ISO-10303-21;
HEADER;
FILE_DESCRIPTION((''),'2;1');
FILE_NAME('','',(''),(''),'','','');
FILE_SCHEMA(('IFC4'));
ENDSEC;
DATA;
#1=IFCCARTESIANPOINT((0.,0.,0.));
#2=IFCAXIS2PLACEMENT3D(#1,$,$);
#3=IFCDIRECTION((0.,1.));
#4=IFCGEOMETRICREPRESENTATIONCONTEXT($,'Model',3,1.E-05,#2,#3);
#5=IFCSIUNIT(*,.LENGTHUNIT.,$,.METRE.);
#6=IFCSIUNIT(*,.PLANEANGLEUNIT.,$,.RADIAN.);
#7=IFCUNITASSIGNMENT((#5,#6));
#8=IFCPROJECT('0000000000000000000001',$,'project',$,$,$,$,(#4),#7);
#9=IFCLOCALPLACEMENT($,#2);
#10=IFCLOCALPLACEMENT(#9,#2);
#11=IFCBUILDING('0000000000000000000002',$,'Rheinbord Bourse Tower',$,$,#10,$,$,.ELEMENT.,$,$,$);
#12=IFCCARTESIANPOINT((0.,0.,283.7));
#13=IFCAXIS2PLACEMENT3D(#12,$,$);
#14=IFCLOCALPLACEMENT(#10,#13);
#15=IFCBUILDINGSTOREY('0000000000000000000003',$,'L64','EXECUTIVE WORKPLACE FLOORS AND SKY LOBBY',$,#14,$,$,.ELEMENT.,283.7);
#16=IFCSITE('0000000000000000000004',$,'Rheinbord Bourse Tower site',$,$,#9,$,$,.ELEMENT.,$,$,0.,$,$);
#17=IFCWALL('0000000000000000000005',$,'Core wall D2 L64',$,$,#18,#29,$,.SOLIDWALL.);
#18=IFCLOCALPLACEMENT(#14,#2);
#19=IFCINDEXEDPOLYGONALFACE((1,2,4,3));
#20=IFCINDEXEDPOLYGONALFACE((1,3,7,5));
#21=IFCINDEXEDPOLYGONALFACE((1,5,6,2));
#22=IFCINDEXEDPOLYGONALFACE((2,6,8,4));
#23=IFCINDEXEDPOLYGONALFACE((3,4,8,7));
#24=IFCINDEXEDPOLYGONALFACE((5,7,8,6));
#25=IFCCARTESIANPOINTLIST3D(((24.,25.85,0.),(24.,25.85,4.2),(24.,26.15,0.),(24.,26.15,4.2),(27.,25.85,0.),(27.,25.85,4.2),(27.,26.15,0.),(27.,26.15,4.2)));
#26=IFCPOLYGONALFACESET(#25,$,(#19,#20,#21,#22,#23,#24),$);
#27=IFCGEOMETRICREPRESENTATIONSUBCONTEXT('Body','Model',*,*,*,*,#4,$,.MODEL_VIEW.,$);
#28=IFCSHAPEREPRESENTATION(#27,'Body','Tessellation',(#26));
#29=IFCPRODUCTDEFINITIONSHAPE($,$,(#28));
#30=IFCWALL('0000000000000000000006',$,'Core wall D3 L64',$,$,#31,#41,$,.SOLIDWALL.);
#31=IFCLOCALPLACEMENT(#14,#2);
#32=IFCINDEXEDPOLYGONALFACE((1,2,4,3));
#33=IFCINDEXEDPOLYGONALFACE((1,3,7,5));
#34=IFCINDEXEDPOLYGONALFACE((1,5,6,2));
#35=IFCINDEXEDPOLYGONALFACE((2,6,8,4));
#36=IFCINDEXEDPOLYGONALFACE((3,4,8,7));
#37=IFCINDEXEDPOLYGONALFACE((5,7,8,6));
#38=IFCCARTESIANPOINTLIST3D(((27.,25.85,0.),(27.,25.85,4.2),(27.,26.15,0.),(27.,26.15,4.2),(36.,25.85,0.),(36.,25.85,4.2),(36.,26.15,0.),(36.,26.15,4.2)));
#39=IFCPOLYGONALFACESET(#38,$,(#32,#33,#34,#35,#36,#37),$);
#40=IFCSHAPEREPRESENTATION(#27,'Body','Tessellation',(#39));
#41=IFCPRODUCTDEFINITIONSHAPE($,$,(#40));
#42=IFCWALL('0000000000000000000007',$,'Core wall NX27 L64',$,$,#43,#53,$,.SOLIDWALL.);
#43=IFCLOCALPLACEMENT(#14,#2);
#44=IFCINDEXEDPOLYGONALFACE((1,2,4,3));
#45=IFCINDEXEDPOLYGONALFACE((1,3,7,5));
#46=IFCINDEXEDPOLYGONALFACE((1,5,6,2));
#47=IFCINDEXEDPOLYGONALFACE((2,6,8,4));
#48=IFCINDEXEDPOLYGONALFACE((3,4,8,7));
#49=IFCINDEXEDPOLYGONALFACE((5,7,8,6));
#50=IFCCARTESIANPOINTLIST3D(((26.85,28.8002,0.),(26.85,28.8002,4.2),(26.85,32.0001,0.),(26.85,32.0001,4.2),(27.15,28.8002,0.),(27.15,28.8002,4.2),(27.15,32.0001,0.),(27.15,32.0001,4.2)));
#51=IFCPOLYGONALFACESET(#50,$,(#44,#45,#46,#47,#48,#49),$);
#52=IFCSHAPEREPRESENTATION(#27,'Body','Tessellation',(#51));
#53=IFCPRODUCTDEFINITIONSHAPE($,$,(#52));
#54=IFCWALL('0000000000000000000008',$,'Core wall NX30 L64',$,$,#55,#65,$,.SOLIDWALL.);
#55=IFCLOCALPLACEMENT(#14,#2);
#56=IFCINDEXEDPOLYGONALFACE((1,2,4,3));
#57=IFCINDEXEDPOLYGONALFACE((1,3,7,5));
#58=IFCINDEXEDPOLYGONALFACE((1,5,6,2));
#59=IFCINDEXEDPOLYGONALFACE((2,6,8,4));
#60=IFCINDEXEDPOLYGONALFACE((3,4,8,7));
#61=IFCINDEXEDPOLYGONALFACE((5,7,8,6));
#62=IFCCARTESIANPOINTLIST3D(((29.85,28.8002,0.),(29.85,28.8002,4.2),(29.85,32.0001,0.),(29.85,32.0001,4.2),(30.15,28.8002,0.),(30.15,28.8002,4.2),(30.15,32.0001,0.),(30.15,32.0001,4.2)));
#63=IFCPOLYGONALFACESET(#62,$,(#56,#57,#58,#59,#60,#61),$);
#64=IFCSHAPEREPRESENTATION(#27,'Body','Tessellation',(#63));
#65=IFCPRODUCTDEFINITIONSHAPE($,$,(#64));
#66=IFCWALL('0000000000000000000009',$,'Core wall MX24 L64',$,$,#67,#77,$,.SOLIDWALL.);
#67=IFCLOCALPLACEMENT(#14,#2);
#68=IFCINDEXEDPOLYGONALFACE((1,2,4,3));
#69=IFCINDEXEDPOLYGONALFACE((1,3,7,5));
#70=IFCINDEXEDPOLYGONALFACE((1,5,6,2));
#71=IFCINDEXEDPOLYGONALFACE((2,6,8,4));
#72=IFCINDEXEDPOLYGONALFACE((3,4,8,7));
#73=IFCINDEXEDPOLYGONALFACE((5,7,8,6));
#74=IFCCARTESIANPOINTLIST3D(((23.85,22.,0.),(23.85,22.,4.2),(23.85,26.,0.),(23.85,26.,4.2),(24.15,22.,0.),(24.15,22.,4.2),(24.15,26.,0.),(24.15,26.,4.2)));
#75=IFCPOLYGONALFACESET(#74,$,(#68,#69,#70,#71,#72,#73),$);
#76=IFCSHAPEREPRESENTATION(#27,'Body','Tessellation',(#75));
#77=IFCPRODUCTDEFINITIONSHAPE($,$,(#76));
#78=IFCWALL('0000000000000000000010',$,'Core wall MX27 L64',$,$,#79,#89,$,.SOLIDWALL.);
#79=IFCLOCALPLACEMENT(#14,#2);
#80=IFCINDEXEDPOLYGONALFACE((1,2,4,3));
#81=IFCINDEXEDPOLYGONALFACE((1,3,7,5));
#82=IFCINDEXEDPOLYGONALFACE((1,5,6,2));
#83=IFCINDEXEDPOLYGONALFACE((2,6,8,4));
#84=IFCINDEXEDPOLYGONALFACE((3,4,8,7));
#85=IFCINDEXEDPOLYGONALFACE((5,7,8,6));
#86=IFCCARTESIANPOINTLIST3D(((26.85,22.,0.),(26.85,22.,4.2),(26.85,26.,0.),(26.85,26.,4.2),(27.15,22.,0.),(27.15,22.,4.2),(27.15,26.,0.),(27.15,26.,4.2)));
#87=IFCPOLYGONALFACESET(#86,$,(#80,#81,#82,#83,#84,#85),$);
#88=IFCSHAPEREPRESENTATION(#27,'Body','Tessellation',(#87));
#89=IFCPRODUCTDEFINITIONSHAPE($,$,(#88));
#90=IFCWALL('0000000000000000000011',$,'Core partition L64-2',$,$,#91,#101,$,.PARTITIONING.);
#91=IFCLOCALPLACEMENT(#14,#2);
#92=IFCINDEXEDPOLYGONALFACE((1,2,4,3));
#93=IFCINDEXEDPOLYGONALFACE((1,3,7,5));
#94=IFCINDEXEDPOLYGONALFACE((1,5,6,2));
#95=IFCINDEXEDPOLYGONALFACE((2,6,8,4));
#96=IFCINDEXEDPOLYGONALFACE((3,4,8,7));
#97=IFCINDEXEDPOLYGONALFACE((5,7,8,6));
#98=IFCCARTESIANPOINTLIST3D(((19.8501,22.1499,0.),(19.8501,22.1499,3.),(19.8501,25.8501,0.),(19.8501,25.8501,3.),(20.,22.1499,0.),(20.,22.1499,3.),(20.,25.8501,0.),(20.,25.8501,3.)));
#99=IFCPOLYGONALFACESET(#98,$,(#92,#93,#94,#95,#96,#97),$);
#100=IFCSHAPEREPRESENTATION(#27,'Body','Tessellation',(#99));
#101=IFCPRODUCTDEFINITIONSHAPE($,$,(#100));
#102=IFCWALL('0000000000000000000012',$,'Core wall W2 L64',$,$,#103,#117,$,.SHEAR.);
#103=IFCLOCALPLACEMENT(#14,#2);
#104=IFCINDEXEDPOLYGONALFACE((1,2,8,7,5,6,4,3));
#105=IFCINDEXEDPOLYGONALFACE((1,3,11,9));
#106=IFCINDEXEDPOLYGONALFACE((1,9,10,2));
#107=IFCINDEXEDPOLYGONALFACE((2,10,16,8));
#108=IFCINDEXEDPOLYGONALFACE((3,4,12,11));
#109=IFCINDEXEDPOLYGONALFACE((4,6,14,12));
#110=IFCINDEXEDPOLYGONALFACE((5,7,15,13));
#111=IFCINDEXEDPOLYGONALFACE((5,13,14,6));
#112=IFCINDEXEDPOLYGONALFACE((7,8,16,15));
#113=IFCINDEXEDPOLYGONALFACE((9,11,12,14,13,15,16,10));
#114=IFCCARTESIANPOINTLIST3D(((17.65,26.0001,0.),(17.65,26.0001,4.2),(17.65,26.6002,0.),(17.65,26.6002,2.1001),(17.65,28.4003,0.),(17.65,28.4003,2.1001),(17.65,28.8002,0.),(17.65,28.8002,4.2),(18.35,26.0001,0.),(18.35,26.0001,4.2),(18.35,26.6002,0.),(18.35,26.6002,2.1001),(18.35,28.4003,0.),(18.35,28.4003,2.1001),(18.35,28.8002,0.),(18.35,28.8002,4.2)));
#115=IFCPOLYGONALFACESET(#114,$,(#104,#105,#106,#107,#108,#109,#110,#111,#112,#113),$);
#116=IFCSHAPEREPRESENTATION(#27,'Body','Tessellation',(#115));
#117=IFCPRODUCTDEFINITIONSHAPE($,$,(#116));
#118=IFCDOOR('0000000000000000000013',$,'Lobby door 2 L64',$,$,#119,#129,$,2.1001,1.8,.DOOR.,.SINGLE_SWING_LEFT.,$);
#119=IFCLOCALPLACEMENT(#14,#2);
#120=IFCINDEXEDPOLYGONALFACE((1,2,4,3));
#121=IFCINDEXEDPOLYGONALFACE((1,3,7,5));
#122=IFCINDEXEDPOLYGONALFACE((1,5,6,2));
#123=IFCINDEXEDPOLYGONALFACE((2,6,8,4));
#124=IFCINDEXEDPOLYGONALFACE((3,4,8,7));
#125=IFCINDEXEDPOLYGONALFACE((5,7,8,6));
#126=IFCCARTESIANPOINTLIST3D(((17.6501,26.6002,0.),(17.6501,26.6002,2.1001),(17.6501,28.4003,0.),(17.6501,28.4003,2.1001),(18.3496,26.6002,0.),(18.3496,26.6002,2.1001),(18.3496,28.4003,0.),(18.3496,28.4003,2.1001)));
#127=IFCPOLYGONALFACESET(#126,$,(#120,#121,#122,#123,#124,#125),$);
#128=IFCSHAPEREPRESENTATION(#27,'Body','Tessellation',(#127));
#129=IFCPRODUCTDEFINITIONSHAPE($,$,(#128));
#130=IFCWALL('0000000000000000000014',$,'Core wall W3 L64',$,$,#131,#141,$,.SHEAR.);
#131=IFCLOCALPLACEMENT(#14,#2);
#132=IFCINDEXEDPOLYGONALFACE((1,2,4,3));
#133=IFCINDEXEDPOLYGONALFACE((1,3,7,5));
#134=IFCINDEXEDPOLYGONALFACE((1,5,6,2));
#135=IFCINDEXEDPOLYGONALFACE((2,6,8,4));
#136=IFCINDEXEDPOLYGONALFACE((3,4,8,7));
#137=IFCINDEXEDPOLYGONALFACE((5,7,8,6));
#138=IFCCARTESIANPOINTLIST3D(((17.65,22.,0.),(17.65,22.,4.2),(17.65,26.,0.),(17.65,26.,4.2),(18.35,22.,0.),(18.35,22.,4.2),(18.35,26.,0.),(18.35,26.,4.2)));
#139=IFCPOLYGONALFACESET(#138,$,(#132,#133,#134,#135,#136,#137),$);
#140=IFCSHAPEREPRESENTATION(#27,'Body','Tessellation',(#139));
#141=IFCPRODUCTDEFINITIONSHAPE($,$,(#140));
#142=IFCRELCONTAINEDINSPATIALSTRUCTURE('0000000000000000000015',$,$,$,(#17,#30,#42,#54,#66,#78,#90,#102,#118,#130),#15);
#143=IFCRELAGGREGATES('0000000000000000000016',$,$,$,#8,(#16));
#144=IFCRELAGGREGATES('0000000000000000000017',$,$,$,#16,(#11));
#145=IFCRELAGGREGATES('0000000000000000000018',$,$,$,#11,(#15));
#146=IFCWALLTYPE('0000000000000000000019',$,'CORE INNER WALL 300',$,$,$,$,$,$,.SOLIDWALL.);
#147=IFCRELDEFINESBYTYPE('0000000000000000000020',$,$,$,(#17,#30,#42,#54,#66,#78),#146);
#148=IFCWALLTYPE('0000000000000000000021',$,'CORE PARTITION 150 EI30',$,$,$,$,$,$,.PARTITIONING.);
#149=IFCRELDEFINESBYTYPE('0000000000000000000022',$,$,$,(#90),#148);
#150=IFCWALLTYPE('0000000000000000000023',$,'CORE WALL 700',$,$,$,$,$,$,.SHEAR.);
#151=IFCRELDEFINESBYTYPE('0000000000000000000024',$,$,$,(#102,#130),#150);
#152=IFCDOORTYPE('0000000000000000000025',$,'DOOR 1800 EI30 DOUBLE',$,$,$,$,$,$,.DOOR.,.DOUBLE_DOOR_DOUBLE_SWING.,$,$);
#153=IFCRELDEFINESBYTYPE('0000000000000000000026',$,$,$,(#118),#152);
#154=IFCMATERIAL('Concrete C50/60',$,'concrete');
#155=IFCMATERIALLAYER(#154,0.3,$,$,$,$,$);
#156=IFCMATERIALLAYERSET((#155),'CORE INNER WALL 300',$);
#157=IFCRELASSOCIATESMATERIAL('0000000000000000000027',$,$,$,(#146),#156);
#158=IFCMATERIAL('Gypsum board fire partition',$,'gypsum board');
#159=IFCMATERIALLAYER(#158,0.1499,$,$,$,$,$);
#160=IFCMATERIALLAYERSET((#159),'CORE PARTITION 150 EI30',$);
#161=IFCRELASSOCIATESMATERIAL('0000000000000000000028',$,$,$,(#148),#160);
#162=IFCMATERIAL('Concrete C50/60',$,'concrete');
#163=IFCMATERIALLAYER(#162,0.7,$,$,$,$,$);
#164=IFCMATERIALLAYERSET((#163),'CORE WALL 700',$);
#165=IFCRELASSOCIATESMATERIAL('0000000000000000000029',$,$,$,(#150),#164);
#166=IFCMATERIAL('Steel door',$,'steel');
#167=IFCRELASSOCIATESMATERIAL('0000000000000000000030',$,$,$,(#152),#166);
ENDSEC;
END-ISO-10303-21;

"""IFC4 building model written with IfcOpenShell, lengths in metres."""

from ifc_helpers import new_model, si_unit, direction, frame, frame_2d, origin, place, context, subcontext, project, spatial, rectangle, extrude, material, layer, layer_set, type_object, element, fill, save


model = new_model("IFC4")

# Units and contexts
model_context = context("Model", 3, precision=1e-05, world=origin(), true_north=direction((0.0, 1.0)))
body_context = subcontext(model_context, "Body", "Model", "MODEL_VIEW")
ifc_project = project(units=[si_unit("LENGTHUNIT", "METRE"), si_unit("PLANEANGLEUNIT", "RADIAN")], contexts=[model_context])

# Site, building, storey
site_placement = place(None, origin())
site = spatial("IfcSite", under=ifc_project, at=site_placement, Name="Rheinbord Bourse Tower site", CompositionType="ELEMENT", RefElevation=0.0)
building_placement = place(site_placement, origin())
building = spatial("IfcBuilding", under=site, at=building_placement, Name="Rheinbord Bourse Tower", CompositionType="ELEMENT")
storey_placement = place(building_placement, frame((0.0, 0.0, 283.7)))
storey = spatial("IfcBuildingStorey", under=building, at=storey_placement, Name="L64", Description="EXECUTIVE WORKPLACE FLOORS AND SKY LOBBY", CompositionType="ELEMENT", Elevation=283.7)

# Shared definitions
ifc_material_1 = material(Name="Concrete C50/60", Category="concrete")
ifc_layer_1 = layer(ifc_material_1, 0.3)
ifc_layer_set_1 = layer_set([ifc_layer_1], Name="CORE INNER WALL 300")
wall_type_1 = type_object("IfcWallType", Name="CORE INNER WALL 300", PredefinedType="SOLIDWALL", material=ifc_layer_set_1)

# Walls
wall_1_placement = place(storey_placement, frame((24.0, 26.0, 0.0), z_axis=(0.0, 0.0, 1.0), x_axis=(1.0, 0.0, 0.0)))
element("IfcWall", 1, at=wall_1_placement, inside=storey, type_object=wall_type_1, Name="Core wall D2 L64", PredefinedType="SOLIDWALL", context=body_context, shape_type="SweptSolid", body=[
    extrude(rectangle(XDim=3.0, YDim=0.3, at=frame_2d((1.5, 0.0))), origin(), (0.0, 0.0, 1.0), 4.2),
])
wall_2_placement = place(storey_placement, frame((27.0, 26.0, 0.0), z_axis=(0.0, 0.0, 1.0), x_axis=(1.0, 0.0, 0.0)))
element("IfcWall", 2, at=wall_2_placement, inside=storey, type_object=wall_type_1, Name="Core wall D3 L64", PredefinedType="SOLIDWALL", context=body_context, shape_type="SweptSolid", body=[
    extrude(rectangle(XDim=9.0, YDim=0.3, at=frame_2d((4.5, 0.0))), origin(), (0.0, 0.0, 1.0), 4.2),
])
for number, where, z_axis, x_axis, name in (
    (3, (27.0, 28.8, 0.0), (0.0, 0.0, 1.0), (0.0, 1.0, 0.0), "Core wall NX27 L64"),
    (4, (30.0, 28.8, 0.0), (0.0, 0.0, 1.0), (0.0, 1.0, 0.0), "Core wall NX30 L64"),
):
    element("IfcWall", number, at=place(storey_placement, frame(where, z_axis=z_axis, x_axis=x_axis)), inside=storey, type_object=wall_type_1, Name=name, PredefinedType="SOLIDWALL", context=body_context, shape_type="SweptSolid", body=[
        extrude(rectangle(XDim=3.2, YDim=0.3, at=frame_2d((1.6001, 0.0))), origin(), (0.0, 0.0, 1.0), 4.2),
    ])
for number, where, z_axis, x_axis, name in (
    (5, (24.0, 22.0, 0.0), (0.0, 0.0, 1.0), (0.0, 1.0, 0.0), "Core wall MX24 L64"),
    (6, (27.0, 22.0, 0.0), (0.0, 0.0, 1.0), (0.0, 1.0, 0.0), "Core wall MX27 L64"),
):
    element("IfcWall", number, at=place(storey_placement, frame(where, z_axis=z_axis, x_axis=x_axis)), inside=storey, type_object=wall_type_1, Name=name, PredefinedType="SOLIDWALL", context=body_context, shape_type="SweptSolid", body=[
        extrude(rectangle(XDim=4.0, YDim=0.3, at=frame_2d((2.0, 0.0))), origin(), (0.0, 0.0, 1.0), 4.2),
    ])
ifc_material_2 = material(Name="Gypsum board fire partition", Category="gypsum board")
ifc_layer_2 = layer(ifc_material_2, 0.1499)
ifc_layer_set_2 = layer_set([ifc_layer_2], Name="CORE PARTITION 150 EI30")
wall_type_2 = type_object("IfcWallType", Name="CORE PARTITION 150 EI30", PredefinedType="PARTITIONING", material=ifc_layer_set_2)
wall_3_placement = place(storey_placement, frame((19.925, 22.1499, 0.0), z_axis=(0.0, 0.0, 1.0), x_axis=(0.0, 1.0, 0.0)))
element("IfcWall", 7, at=wall_3_placement, inside=storey, type_object=wall_type_2, Name="Core partition L64-2", PredefinedType="PARTITIONING", context=body_context, shape_type="SweptSolid", body=[
    extrude(rectangle(XDim=3.7002, YDim=0.1499, at=frame_2d((1.8501, 0.0))), origin(), (0.0, 0.0, 1.0), 3.0),
])

# Wall, opening, door
ifc_material_3 = material(Name="Concrete C50/60", Category="concrete")
ifc_layer_3 = layer(ifc_material_3, 0.7)
ifc_layer_set_3 = layer_set([ifc_layer_3], Name="CORE WALL 700")
wall_type_3 = type_object("IfcWallType", Name="CORE WALL 700", PredefinedType="SHEAR", material=ifc_layer_set_3)
wall_4_placement = place(storey_placement, frame((18.0, 28.8, 0.0), z_axis=(0.0, 0.0, 1.0), x_axis=(0.0, -1.0, 0.0)))
wall_4 = element("IfcWall", 8, at=wall_4_placement, inside=storey, type_object=wall_type_3, Name="Core wall W2 L64", PredefinedType="SHEAR", context=body_context, shape_type="SweptSolid", body=[
    extrude(rectangle(XDim=2.8, YDim=0.7, at=frame_2d((1.3999, 0.0))), origin(), (0.0, 0.0, 1.0), 4.2),
])
opening_1_placement = place(wall_4_placement, frame((0.3999, 0.0, 0.0)))
opening_1 = element("IfcOpeningElement", 9, at=opening_1_placement, cuts=wall_4, PredefinedType="OPENING", context=body_context, shape_type="SweptSolid", body=[
    extrude(rectangle(XDim=1.8, YDim=2.1001, at=frame_2d((0.8999, 1.05))), frame((0.0, 0.3599, 0.0), z_axis=(0.0, -1.0, 0.0), x_axis=(1.0, 0.0, 0.0)), (0.0, 0.0, 1.0), 0.72),
])
ifc_material_4 = material(Name="Steel door", Category="steel")
door_type_1 = type_object("IfcDoorType", Name="DOOR 1800 EI30 DOUBLE", OperationType="DOUBLE_DOOR_DOUBLE_SWING", PredefinedType="DOOR", material=ifc_material_4)
door_1_placement = place(opening_1_placement, origin())
door_1 = element("IfcDoor", 10, at=door_1_placement, inside=storey, type_object=door_type_1, Name="Lobby door 2 L64", OperationType="SINGLE_SWING_LEFT", OverallHeight=2.1001, OverallWidth=1.8, PredefinedType="DOOR", context=body_context, shape_type="SweptSolid", body=[
    extrude(rectangle(XDim=1.8, YDim=2.1001, at=frame_2d((0.8999, 1.05))), frame((0.0, 0.3496, 0.0), z_axis=(0.0, -1.0, 0.0), x_axis=(1.0, 0.0, 0.0)), (0.0, 0.0, 1.0), 0.6995),
])
fill(opening_1, door_1)

# Wall
wall_5_placement = place(storey_placement, frame((18.0, 26.0, 0.0), z_axis=(0.0, 0.0, 1.0), x_axis=(0.0, -1.0, 0.0)))
element("IfcWall", 11, at=wall_5_placement, inside=storey, type_object=wall_type_3, Name="Core wall W3 L64", PredefinedType="SHEAR", context=body_context, shape_type="SweptSolid", body=[
    extrude(rectangle(XDim=4.0, YDim=0.7, at=frame_2d((2.0, 0.0))), origin(), (0.0, 0.0, 1.0), 4.2),
])

save(model, "model.ifc")
